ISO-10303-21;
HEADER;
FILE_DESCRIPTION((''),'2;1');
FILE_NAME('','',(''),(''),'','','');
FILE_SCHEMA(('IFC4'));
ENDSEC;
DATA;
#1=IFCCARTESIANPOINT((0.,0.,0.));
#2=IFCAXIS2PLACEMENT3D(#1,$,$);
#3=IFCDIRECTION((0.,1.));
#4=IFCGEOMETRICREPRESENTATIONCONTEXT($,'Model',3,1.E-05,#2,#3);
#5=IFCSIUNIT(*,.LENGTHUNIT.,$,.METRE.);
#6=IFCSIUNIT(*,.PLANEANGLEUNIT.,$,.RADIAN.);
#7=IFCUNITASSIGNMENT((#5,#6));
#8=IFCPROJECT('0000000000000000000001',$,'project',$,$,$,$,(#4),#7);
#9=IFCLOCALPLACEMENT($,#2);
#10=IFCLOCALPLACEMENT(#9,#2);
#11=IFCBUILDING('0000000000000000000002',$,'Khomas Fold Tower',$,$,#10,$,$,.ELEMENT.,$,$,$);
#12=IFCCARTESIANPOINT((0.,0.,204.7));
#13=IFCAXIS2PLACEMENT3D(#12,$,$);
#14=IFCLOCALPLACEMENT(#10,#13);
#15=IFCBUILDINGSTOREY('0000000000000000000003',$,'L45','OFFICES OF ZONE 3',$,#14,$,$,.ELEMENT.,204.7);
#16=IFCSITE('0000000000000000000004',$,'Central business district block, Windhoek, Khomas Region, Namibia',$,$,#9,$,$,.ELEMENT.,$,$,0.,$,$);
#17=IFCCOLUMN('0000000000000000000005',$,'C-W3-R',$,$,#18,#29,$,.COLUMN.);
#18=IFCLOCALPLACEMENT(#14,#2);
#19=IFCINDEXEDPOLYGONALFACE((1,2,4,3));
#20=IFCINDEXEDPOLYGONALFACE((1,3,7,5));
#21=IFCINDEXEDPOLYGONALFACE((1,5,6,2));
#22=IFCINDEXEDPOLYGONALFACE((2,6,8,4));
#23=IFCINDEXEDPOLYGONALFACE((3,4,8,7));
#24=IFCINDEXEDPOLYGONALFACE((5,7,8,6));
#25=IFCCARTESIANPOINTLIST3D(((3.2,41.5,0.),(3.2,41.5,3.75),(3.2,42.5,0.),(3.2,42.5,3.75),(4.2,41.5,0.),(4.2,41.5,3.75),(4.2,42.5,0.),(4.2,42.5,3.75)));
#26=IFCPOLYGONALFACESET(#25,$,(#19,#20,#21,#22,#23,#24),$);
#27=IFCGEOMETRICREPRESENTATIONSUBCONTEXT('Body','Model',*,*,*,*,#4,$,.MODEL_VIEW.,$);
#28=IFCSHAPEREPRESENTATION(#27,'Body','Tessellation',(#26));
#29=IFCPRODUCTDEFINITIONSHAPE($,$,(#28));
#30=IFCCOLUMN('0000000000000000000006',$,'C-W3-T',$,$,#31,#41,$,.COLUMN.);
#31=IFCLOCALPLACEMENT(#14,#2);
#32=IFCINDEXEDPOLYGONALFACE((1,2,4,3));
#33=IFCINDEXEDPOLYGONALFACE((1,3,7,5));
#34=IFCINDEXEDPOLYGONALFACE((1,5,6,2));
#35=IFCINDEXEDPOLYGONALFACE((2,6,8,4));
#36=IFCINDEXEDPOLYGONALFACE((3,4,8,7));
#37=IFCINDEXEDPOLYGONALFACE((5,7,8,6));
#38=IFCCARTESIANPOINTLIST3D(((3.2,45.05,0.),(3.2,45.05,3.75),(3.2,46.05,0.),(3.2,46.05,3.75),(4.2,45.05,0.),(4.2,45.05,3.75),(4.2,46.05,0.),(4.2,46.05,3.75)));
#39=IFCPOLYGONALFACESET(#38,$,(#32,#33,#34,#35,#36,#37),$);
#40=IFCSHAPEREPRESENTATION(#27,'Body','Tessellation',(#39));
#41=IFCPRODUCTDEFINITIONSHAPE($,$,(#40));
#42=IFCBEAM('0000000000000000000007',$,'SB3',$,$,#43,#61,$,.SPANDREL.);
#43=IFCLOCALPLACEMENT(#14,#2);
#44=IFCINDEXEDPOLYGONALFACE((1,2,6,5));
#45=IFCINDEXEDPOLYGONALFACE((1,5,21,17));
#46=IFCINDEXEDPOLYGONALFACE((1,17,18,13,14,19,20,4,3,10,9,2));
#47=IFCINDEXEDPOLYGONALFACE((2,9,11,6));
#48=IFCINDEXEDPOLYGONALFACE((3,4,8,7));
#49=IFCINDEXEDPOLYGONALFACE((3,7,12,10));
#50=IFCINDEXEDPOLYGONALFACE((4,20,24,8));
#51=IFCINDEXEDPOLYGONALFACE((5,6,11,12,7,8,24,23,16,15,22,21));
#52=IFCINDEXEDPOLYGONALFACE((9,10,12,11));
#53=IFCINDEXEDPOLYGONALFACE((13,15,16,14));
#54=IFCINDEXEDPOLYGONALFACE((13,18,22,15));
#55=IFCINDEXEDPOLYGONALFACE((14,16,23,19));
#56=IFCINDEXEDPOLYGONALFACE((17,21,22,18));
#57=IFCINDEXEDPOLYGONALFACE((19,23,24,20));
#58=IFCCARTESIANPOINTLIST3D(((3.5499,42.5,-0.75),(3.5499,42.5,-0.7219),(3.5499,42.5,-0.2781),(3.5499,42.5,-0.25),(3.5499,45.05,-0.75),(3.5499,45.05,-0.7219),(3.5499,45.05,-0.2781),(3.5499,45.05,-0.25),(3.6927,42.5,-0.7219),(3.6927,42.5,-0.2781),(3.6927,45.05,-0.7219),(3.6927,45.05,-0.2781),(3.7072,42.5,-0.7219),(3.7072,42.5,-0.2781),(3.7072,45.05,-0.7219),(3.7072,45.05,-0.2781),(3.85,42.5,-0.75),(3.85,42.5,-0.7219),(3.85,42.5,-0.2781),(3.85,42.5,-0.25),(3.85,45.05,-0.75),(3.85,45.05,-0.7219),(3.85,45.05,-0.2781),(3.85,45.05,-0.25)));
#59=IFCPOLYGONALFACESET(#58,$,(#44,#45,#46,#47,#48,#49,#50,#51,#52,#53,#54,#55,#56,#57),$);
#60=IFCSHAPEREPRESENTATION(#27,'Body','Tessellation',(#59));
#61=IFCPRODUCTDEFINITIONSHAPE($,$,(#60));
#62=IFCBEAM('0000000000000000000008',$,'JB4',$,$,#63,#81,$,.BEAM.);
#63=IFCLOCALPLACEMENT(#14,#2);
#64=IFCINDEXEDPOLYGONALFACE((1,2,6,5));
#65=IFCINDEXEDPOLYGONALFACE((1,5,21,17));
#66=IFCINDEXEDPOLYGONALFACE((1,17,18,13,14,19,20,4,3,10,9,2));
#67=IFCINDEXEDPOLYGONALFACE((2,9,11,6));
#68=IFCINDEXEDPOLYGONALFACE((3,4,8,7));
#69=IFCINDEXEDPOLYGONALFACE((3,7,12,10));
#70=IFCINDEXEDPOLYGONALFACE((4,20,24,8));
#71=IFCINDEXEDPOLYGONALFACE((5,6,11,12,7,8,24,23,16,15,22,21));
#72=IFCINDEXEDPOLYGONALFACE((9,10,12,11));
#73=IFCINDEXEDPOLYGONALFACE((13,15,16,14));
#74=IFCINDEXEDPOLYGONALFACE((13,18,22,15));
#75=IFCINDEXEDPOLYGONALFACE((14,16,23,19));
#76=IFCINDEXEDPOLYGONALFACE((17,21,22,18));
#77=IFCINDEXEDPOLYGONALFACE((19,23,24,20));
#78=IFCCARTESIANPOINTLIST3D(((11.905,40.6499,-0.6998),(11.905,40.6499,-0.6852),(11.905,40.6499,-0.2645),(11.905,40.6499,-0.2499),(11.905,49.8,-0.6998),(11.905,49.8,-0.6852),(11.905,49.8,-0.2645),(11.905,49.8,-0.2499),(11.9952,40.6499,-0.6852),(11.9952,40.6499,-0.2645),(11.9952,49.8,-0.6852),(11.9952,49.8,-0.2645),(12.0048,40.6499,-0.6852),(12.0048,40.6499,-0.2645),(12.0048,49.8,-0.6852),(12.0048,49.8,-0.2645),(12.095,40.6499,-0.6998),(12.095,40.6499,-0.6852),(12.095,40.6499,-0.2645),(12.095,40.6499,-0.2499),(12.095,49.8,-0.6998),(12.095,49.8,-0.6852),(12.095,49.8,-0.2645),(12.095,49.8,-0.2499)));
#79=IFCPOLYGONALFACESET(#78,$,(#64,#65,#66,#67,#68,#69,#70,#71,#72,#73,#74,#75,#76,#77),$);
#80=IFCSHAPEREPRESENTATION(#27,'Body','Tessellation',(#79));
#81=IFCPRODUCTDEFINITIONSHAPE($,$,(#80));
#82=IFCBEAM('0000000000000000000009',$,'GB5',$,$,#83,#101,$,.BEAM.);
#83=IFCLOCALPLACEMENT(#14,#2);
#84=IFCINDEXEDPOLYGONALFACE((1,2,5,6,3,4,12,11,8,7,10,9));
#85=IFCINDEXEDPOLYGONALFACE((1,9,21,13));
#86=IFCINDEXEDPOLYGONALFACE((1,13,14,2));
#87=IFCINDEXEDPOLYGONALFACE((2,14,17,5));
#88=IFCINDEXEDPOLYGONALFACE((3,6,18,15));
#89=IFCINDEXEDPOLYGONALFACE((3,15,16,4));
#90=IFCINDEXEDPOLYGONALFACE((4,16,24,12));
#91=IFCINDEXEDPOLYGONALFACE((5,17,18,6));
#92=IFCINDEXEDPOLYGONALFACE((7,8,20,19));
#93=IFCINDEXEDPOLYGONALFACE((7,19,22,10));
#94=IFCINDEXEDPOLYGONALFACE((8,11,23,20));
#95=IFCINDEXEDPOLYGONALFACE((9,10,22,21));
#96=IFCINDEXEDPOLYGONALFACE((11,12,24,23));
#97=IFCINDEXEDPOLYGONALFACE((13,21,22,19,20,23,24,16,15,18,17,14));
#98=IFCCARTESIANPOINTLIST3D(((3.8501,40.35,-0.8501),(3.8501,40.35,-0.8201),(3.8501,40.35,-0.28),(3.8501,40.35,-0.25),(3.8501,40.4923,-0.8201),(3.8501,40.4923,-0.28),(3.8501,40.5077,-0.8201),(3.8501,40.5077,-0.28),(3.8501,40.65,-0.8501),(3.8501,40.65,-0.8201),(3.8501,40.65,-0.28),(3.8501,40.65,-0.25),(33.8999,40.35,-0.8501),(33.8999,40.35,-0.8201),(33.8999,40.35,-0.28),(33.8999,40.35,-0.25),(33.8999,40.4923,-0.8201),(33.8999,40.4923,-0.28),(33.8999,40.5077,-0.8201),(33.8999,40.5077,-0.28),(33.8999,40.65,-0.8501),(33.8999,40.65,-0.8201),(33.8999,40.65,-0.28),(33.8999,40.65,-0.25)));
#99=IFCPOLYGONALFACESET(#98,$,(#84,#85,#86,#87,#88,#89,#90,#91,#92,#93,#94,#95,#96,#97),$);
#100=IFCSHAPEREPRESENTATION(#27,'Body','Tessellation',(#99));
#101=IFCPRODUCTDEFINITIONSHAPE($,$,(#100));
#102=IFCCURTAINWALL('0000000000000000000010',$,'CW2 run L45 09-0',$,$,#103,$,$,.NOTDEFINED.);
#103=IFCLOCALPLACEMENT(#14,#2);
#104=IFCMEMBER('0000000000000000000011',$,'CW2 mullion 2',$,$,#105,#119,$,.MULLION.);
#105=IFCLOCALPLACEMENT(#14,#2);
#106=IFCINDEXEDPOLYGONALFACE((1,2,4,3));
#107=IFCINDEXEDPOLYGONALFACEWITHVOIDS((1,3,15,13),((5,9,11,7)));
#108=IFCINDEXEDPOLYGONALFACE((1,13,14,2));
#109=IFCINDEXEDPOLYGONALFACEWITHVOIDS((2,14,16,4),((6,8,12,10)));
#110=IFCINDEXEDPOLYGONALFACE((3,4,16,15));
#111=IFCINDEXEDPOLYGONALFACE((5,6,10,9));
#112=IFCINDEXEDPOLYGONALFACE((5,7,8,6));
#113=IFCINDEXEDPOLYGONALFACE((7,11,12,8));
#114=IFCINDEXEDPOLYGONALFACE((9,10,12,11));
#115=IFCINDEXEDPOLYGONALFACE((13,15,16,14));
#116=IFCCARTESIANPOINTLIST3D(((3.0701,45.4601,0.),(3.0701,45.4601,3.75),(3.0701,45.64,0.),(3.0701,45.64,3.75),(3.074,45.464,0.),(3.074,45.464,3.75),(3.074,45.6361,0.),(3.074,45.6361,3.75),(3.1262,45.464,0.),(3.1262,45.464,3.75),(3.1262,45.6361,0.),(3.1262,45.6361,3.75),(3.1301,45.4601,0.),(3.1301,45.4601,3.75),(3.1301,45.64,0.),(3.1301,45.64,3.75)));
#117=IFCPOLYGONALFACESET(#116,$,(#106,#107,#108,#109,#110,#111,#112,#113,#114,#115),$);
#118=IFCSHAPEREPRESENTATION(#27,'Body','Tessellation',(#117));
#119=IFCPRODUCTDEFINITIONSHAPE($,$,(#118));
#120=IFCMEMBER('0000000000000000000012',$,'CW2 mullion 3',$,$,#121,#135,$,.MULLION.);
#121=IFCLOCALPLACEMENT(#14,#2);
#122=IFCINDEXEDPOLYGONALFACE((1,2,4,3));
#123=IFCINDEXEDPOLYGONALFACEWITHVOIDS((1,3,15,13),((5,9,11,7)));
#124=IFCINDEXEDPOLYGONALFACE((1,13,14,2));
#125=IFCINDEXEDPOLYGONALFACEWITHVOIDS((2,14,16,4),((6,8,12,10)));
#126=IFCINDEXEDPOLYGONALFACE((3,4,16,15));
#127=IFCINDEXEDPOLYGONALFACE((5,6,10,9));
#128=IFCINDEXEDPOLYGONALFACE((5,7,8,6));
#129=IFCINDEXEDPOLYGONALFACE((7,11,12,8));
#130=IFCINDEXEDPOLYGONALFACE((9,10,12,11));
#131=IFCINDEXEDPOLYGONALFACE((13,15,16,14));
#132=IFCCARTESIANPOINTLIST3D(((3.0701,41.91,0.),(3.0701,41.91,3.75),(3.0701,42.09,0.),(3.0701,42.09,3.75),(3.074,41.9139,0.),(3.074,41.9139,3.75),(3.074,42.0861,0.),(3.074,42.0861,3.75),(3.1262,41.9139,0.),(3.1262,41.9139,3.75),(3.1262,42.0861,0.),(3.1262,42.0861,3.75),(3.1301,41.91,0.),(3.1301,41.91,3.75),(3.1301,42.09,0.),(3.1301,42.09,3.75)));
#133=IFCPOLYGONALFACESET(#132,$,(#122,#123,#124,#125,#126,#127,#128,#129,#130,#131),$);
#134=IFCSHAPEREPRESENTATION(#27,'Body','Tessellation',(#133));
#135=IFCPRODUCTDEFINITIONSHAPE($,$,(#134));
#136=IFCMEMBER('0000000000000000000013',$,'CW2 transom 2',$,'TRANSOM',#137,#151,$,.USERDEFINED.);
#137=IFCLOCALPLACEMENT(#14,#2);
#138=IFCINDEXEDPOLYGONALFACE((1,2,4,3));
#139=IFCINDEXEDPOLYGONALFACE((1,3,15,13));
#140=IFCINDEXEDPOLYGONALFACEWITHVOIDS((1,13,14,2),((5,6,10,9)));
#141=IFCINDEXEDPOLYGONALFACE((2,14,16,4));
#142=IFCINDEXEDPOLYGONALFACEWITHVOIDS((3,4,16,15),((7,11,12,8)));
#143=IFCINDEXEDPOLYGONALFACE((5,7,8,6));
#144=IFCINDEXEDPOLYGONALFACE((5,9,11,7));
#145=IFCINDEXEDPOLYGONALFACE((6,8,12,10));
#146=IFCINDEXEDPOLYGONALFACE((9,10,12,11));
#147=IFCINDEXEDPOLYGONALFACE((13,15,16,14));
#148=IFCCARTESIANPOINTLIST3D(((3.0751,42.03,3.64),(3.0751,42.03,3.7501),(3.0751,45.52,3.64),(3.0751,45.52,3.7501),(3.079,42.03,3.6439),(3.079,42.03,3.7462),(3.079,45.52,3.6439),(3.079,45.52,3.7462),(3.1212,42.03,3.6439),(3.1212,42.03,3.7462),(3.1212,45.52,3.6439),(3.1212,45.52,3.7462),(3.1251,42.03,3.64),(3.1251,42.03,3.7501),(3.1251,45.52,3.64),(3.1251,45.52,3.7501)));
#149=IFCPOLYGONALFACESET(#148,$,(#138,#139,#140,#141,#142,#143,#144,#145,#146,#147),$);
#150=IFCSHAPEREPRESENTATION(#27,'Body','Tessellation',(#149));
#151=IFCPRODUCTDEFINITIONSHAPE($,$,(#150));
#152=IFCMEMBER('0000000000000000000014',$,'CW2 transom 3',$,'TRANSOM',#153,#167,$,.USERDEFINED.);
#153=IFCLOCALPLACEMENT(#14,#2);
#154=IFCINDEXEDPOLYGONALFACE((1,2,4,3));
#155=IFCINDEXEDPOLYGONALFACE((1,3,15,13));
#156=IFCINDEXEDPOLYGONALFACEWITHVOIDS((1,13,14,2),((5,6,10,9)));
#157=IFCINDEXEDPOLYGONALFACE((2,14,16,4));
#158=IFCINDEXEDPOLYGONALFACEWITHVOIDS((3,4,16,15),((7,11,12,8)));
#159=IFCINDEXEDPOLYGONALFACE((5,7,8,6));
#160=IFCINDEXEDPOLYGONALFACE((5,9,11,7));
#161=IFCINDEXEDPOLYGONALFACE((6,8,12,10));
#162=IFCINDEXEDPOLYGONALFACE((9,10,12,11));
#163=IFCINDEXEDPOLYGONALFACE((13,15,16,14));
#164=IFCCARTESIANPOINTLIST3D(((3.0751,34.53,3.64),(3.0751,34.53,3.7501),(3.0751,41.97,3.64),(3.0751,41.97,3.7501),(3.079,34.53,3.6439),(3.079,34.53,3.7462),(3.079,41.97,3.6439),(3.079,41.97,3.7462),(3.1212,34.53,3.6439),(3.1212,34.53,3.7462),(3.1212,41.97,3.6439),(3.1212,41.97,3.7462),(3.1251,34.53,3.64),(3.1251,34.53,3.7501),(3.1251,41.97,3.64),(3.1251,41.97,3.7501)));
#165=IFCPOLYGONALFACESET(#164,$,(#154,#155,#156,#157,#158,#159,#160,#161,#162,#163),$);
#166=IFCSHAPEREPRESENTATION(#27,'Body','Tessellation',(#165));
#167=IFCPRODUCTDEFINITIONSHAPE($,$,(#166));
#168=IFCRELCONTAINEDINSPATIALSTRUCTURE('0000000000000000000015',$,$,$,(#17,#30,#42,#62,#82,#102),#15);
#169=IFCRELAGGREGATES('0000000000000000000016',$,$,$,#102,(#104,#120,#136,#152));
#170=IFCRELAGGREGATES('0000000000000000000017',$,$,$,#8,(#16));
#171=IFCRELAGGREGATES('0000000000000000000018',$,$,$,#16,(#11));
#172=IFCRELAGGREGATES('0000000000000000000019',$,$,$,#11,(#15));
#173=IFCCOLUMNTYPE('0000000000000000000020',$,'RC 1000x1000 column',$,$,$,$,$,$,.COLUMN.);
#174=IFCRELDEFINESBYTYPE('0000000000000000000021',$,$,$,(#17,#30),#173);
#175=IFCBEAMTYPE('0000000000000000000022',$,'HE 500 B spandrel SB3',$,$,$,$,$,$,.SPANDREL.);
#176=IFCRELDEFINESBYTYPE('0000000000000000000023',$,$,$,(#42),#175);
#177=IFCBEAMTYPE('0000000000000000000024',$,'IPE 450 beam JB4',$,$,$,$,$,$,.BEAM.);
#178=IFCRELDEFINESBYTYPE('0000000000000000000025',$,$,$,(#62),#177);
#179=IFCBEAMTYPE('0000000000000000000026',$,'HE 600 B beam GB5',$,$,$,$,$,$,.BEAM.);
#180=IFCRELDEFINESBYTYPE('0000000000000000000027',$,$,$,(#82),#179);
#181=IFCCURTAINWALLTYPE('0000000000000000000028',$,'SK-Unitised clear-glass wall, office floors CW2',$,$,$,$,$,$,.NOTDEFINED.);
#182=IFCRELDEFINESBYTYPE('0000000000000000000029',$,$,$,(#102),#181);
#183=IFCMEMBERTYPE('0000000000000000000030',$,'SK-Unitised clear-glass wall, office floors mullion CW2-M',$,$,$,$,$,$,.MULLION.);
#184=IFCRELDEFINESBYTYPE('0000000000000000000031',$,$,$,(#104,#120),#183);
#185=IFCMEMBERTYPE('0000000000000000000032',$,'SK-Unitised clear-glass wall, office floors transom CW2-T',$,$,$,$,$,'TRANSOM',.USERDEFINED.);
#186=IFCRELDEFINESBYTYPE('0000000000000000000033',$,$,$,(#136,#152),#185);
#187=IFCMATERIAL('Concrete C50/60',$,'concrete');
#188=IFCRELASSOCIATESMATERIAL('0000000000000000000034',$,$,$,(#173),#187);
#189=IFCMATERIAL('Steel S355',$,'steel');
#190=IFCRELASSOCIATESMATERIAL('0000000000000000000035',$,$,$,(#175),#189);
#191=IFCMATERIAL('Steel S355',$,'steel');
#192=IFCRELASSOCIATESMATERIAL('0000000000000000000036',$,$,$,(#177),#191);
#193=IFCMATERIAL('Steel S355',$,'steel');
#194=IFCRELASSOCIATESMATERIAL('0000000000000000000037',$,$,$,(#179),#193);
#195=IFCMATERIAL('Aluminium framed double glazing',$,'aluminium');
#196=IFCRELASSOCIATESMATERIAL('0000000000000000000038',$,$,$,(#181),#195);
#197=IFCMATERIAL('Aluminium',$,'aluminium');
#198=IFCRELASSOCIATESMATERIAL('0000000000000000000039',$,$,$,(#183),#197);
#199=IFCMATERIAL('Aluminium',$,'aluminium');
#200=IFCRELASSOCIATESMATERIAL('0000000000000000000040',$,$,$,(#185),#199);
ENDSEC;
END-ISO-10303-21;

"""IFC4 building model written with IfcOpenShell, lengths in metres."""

from ifc_helpers import new_model, si_unit, direction, frame, origin, origin_2d, place, context, subcontext, project, spatial, rectangle, hollow_rectangle, i_section, extrude, source, transform, mapped, material, material_profile, profile_set, type_object, element, aggregate, save


model = new_model("IFC4")

# Units and contexts
model_context = context("Model", 3, precision=1e-05, world=origin(), true_north=direction((0.0, 1.0)))
body_context = subcontext(model_context, "Body", "Model", "MODEL_VIEW")
ifc_project = project(units=[si_unit("LENGTHUNIT", "METRE"), si_unit("PLANEANGLEUNIT", "RADIAN")], contexts=[model_context])

# Site, building, storey
site_placement = place(None, origin())
site = spatial("IfcSite", under=ifc_project, at=site_placement, Name="Central business district block, Windhoek, Khomas Region, Namibia", CompositionType="ELEMENT", RefElevation=0.0)
building_placement = place(site_placement, origin())
building = spatial("IfcBuilding", under=site, at=building_placement, Name="Khomas Fold Tower", CompositionType="ELEMENT")
storey_placement = place(building_placement, frame((0.0, 0.0, 204.7)))
storey = spatial("IfcBuildingStorey", under=building, at=storey_placement, Name="L45", Description="OFFICES OF ZONE 3", CompositionType="ELEMENT", Elevation=204.7)

# Columns
ifc_material_1 = material(Name="Concrete C50/60", Category="concrete")
ifc_material_profile_1 = material_profile(ifc_material_1, rectangle(XDim=1.0, YDim=1.0, at=origin_2d()), Name="RC 1000x1000")
ifc_profile_set_1 = profile_set([ifc_material_profile_1], Name="Concrete C50/60")
column_type = type_object("IfcColumnType", Name="RC 1000x1000 column", PredefinedType="COLUMN", material=ifc_profile_set_1)
shared_shape_1 = source(origin(), body_context, "Body", "SweptSolid", [
    extrude(rectangle(XDim=1.0, YDim=1.0, at=origin_2d()), origin(), (0.0, 0.0, 1.0), 3.75),
])
for number, where, z_axis, x_axis, name in (
    (1, (3.7, 42.0, 0.0), (0.0, 0.0, 1.0), (1.0, 0.0, 0.0), "C-W3-R"),
    (2, (3.7, 45.55, 0.0), (0.0, 0.0, 1.0), (1.0, 0.0, 0.0), "C-W3-T"),
):
    element("IfcColumn", number, at=place(storey_placement, frame(where, z_axis=z_axis, x_axis=x_axis)), inside=storey, type_object=column_type, Name=name, PredefinedType="COLUMN", context=body_context, shape_type="MappedRepresentation", body=[
        mapped(shared_shape_1, transform((0.0, 0.0, 0.0))),
    ])

# Beams
ifc_material_2 = material(Name="Steel S355", Category="steel")
ifc_material_profile_2 = material_profile(ifc_material_2, i_section(OverallWidth=0.3, OverallDepth=0.5, WebThickness=0.0144, FlangeThickness=0.0281, at=origin_2d()), Name="HE 500 B")
ifc_profile_set_2 = profile_set([ifc_material_profile_2], Name="Steel S355")
beam_type_1 = type_object("IfcBeamType", Name="HE 500 B spandrel SB3", PredefinedType="SPANDREL", material=ifc_profile_set_2)
shared_shape_2 = source(origin(), body_context, "Body", "SweptSolid", [
    extrude(i_section(OverallWidth=0.3, OverallDepth=0.5, WebThickness=0.0144, FlangeThickness=0.0281, at=origin_2d()), origin(), (0.0, 0.0, 1.0), 2.55),
])
beam_1_placement = place(storey_placement, frame((3.7, 42.5, -0.5), z_axis=(0.0, 1.0, 0.0), x_axis=(-1.0, 0.0, 0.0)))
element("IfcBeam", 3, at=beam_1_placement, inside=storey, type_object=beam_type_1, Name="SB3", PredefinedType="SPANDREL", context=body_context, shape_type="MappedRepresentation", body=[
    mapped(shared_shape_2, transform((0.0, 0.0, 0.0))),
])
ifc_material_3 = material(Name="Steel S355", Category="steel")
ifc_material_profile_3 = material_profile(ifc_material_3, i_section(OverallWidth=0.1899, OverallDepth=0.45, WebThickness=0.0095, FlangeThickness=0.0146, at=origin_2d()), Name="IPE 450")
ifc_profile_set_3 = profile_set([ifc_material_profile_3], Name="Steel S355")
beam_type_2 = type_object("IfcBeamType", Name="IPE 450 beam JB4", PredefinedType="BEAM", material=ifc_profile_set_3)
shared_shape_3 = source(origin(), body_context, "Body", "SweptSolid", [
    extrude(i_section(OverallWidth=0.1899, OverallDepth=0.45, WebThickness=0.0095, FlangeThickness=0.0146, at=origin_2d()), origin(), (0.0, 0.0, 1.0), 9.1501),
])
beam_2_placement = place(storey_placement, frame((12.0, 40.6499, -0.4749), z_axis=(0.0, 1.0, 0.0), x_axis=(-1.0, 0.0, 0.0)))
element("IfcBeam", 4, at=beam_2_placement, inside=storey, type_object=beam_type_2, Name="JB4", PredefinedType="BEAM", context=body_context, shape_type="MappedRepresentation", body=[
    mapped(shared_shape_3, transform((0.0, 0.0, 0.0))),
])
ifc_material_4 = material(Name="Steel S355", Category="steel")
ifc_material_profile_4 = material_profile(ifc_material_4, i_section(OverallWidth=0.3, OverallDepth=0.6001, WebThickness=0.0154, FlangeThickness=0.03, at=origin_2d()), Name="HE 600 B")
ifc_profile_set_4 = profile_set([ifc_material_profile_4], Name="Steel S355")
beam_type_3 = type_object("IfcBeamType", Name="HE 600 B beam GB5", PredefinedType="BEAM", material=ifc_profile_set_4)
shared_shape_4 = source(origin(), body_context, "Body", "SweptSolid", [
    extrude(i_section(OverallWidth=0.3, OverallDepth=0.6001, WebThickness=0.0154, FlangeThickness=0.03, at=origin_2d()), origin(), (0.0, 0.0, 1.0), 30.0498),
])
beam_3_placement = place(storey_placement, frame((3.8501, 40.5, -0.55), z_axis=(1.0, 0.0, 0.0), x_axis=(0.0, 1.0, 0.0)))
element("IfcBeam", 5, at=beam_3_placement, inside=storey, type_object=beam_type_3, Name="GB5", PredefinedType="BEAM", context=body_context, shape_type="MappedRepresentation", body=[
    mapped(shared_shape_4, transform((0.0, 0.0, 0.0))),
])

# Curtain wall, members
ifc_material_5 = material(Name="Aluminium framed double glazing", Category="aluminium")
curtain_wall_type = type_object("IfcCurtainWallType", Name="SK-Unitised clear-glass wall, office floors CW2", PredefinedType="NOTDEFINED", material=ifc_material_5)
curtain_wall_placement = place(storey_placement, origin())
curtain_wall = element("IfcCurtainWall", 6, at=curtain_wall_placement, inside=storey, type_object=curtain_wall_type, Name="CW2 run L45 09-0", PredefinedType="NOTDEFINED")
ifc_material_6 = material(Name="Aluminium", Category="aluminium")
ifc_material_profile_5 = material_profile(ifc_material_6, hollow_rectangle(XDim=0.0601, YDim=0.1799, WallThickness=0.0039, at=origin_2d()), Name="SK-Unitised clear-glass wall, office floors mullion CW2-M")
ifc_profile_set_5 = profile_set([ifc_material_profile_5], Name="Aluminium")
member_type_1 = type_object("IfcMemberType", Name="SK-Unitised clear-glass wall, office floors mullion CW2-M", PredefinedType="MULLION", material=ifc_profile_set_5)
shared_shape_5 = source(origin(), body_context, "Body", "SweptSolid", [
    extrude(hollow_rectangle(XDim=0.0601, YDim=0.1799, WallThickness=0.0039, at=origin_2d()), origin(), (0.0, 0.0, 1.0), 3.75),
])
member_1_placement = place(storey_placement, frame((3.1001, 45.55, 0.0), z_axis=(0.0, 0.0, 1.0), x_axis=(1.0, 0.0, 0.0)))
member_1 = element("IfcMember", 7, at=member_1_placement, type_object=member_type_1, Name="CW2 mullion 2", PredefinedType="MULLION", context=body_context, shape_type="MappedRepresentation", body=[
    mapped(shared_shape_5, transform((0.0, 0.0, 0.0))),
])
member_2_placement = place(storey_placement, frame((3.1001, 42.0, 0.0), z_axis=(0.0, 0.0, 1.0), x_axis=(1.0, 0.0, 0.0)))
member_2 = element("IfcMember", 8, at=member_2_placement, type_object=member_type_1, Name="CW2 mullion 3", PredefinedType="MULLION", context=body_context, shape_type="MappedRepresentation", body=[
    mapped(shared_shape_5, transform((0.0, 0.0, 0.0))),
])
ifc_material_7 = material(Name="Aluminium", Category="aluminium")
ifc_material_profile_6 = material_profile(ifc_material_7, hollow_rectangle(XDim=0.05, YDim=0.1101, WallThickness=0.0039, at=origin_2d()), Name="SK-Unitised clear-glass wall, office floors transom CW2-T")
ifc_profile_set_6 = profile_set([ifc_material_profile_6], Name="Aluminium")
member_type_2 = type_object("IfcMemberType", Name="SK-Unitised clear-glass wall, office floors transom CW2-T", ElementType="TRANSOM", PredefinedType="USERDEFINED", material=ifc_profile_set_6)
shared_shape_6 = source(origin(), body_context, "Body", "SweptSolid", [
    extrude(hollow_rectangle(XDim=0.05, YDim=0.1101, WallThickness=0.0039, at=origin_2d()), origin(), (0.0, 0.0, 1.0), 3.49),
])
member_3_placement = place(storey_placement, frame((3.1001, 45.52, 3.6951), z_axis=(0.0, -1.0, 0.0), x_axis=(1.0, 0.0, 0.0)))
member_3 = element("IfcMember", 9, at=member_3_placement, type_object=member_type_2, Name="CW2 transom 2", ObjectType="TRANSOM", PredefinedType="USERDEFINED", context=body_context, shape_type="MappedRepresentation", body=[
    mapped(shared_shape_6, transform((0.0, 0.0, 0.0))),
])
shared_shape_7 = source(origin(), body_context, "Body", "SweptSolid", [
    extrude(hollow_rectangle(XDim=0.05, YDim=0.1101, WallThickness=0.0039, at=origin_2d()), origin(), (0.0, 0.0, 1.0), 7.4399),
])
member_4_placement = place(storey_placement, frame((3.1001, 41.97, 3.6951), z_axis=(0.0, -1.0, 0.0), x_axis=(1.0, 0.0, 0.0)))
member_4 = element("IfcMember", 10, at=member_4_placement, type_object=member_type_2, Name="CW2 transom 3", ObjectType="TRANSOM", PredefinedType="USERDEFINED", context=body_context, shape_type="MappedRepresentation", body=[
    mapped(shared_shape_7, transform((0.0, 0.0, 0.0))),
])
aggregate(curtain_wall, [member_1, member_2, member_3, member_4])

save(model, "model.ifc")
